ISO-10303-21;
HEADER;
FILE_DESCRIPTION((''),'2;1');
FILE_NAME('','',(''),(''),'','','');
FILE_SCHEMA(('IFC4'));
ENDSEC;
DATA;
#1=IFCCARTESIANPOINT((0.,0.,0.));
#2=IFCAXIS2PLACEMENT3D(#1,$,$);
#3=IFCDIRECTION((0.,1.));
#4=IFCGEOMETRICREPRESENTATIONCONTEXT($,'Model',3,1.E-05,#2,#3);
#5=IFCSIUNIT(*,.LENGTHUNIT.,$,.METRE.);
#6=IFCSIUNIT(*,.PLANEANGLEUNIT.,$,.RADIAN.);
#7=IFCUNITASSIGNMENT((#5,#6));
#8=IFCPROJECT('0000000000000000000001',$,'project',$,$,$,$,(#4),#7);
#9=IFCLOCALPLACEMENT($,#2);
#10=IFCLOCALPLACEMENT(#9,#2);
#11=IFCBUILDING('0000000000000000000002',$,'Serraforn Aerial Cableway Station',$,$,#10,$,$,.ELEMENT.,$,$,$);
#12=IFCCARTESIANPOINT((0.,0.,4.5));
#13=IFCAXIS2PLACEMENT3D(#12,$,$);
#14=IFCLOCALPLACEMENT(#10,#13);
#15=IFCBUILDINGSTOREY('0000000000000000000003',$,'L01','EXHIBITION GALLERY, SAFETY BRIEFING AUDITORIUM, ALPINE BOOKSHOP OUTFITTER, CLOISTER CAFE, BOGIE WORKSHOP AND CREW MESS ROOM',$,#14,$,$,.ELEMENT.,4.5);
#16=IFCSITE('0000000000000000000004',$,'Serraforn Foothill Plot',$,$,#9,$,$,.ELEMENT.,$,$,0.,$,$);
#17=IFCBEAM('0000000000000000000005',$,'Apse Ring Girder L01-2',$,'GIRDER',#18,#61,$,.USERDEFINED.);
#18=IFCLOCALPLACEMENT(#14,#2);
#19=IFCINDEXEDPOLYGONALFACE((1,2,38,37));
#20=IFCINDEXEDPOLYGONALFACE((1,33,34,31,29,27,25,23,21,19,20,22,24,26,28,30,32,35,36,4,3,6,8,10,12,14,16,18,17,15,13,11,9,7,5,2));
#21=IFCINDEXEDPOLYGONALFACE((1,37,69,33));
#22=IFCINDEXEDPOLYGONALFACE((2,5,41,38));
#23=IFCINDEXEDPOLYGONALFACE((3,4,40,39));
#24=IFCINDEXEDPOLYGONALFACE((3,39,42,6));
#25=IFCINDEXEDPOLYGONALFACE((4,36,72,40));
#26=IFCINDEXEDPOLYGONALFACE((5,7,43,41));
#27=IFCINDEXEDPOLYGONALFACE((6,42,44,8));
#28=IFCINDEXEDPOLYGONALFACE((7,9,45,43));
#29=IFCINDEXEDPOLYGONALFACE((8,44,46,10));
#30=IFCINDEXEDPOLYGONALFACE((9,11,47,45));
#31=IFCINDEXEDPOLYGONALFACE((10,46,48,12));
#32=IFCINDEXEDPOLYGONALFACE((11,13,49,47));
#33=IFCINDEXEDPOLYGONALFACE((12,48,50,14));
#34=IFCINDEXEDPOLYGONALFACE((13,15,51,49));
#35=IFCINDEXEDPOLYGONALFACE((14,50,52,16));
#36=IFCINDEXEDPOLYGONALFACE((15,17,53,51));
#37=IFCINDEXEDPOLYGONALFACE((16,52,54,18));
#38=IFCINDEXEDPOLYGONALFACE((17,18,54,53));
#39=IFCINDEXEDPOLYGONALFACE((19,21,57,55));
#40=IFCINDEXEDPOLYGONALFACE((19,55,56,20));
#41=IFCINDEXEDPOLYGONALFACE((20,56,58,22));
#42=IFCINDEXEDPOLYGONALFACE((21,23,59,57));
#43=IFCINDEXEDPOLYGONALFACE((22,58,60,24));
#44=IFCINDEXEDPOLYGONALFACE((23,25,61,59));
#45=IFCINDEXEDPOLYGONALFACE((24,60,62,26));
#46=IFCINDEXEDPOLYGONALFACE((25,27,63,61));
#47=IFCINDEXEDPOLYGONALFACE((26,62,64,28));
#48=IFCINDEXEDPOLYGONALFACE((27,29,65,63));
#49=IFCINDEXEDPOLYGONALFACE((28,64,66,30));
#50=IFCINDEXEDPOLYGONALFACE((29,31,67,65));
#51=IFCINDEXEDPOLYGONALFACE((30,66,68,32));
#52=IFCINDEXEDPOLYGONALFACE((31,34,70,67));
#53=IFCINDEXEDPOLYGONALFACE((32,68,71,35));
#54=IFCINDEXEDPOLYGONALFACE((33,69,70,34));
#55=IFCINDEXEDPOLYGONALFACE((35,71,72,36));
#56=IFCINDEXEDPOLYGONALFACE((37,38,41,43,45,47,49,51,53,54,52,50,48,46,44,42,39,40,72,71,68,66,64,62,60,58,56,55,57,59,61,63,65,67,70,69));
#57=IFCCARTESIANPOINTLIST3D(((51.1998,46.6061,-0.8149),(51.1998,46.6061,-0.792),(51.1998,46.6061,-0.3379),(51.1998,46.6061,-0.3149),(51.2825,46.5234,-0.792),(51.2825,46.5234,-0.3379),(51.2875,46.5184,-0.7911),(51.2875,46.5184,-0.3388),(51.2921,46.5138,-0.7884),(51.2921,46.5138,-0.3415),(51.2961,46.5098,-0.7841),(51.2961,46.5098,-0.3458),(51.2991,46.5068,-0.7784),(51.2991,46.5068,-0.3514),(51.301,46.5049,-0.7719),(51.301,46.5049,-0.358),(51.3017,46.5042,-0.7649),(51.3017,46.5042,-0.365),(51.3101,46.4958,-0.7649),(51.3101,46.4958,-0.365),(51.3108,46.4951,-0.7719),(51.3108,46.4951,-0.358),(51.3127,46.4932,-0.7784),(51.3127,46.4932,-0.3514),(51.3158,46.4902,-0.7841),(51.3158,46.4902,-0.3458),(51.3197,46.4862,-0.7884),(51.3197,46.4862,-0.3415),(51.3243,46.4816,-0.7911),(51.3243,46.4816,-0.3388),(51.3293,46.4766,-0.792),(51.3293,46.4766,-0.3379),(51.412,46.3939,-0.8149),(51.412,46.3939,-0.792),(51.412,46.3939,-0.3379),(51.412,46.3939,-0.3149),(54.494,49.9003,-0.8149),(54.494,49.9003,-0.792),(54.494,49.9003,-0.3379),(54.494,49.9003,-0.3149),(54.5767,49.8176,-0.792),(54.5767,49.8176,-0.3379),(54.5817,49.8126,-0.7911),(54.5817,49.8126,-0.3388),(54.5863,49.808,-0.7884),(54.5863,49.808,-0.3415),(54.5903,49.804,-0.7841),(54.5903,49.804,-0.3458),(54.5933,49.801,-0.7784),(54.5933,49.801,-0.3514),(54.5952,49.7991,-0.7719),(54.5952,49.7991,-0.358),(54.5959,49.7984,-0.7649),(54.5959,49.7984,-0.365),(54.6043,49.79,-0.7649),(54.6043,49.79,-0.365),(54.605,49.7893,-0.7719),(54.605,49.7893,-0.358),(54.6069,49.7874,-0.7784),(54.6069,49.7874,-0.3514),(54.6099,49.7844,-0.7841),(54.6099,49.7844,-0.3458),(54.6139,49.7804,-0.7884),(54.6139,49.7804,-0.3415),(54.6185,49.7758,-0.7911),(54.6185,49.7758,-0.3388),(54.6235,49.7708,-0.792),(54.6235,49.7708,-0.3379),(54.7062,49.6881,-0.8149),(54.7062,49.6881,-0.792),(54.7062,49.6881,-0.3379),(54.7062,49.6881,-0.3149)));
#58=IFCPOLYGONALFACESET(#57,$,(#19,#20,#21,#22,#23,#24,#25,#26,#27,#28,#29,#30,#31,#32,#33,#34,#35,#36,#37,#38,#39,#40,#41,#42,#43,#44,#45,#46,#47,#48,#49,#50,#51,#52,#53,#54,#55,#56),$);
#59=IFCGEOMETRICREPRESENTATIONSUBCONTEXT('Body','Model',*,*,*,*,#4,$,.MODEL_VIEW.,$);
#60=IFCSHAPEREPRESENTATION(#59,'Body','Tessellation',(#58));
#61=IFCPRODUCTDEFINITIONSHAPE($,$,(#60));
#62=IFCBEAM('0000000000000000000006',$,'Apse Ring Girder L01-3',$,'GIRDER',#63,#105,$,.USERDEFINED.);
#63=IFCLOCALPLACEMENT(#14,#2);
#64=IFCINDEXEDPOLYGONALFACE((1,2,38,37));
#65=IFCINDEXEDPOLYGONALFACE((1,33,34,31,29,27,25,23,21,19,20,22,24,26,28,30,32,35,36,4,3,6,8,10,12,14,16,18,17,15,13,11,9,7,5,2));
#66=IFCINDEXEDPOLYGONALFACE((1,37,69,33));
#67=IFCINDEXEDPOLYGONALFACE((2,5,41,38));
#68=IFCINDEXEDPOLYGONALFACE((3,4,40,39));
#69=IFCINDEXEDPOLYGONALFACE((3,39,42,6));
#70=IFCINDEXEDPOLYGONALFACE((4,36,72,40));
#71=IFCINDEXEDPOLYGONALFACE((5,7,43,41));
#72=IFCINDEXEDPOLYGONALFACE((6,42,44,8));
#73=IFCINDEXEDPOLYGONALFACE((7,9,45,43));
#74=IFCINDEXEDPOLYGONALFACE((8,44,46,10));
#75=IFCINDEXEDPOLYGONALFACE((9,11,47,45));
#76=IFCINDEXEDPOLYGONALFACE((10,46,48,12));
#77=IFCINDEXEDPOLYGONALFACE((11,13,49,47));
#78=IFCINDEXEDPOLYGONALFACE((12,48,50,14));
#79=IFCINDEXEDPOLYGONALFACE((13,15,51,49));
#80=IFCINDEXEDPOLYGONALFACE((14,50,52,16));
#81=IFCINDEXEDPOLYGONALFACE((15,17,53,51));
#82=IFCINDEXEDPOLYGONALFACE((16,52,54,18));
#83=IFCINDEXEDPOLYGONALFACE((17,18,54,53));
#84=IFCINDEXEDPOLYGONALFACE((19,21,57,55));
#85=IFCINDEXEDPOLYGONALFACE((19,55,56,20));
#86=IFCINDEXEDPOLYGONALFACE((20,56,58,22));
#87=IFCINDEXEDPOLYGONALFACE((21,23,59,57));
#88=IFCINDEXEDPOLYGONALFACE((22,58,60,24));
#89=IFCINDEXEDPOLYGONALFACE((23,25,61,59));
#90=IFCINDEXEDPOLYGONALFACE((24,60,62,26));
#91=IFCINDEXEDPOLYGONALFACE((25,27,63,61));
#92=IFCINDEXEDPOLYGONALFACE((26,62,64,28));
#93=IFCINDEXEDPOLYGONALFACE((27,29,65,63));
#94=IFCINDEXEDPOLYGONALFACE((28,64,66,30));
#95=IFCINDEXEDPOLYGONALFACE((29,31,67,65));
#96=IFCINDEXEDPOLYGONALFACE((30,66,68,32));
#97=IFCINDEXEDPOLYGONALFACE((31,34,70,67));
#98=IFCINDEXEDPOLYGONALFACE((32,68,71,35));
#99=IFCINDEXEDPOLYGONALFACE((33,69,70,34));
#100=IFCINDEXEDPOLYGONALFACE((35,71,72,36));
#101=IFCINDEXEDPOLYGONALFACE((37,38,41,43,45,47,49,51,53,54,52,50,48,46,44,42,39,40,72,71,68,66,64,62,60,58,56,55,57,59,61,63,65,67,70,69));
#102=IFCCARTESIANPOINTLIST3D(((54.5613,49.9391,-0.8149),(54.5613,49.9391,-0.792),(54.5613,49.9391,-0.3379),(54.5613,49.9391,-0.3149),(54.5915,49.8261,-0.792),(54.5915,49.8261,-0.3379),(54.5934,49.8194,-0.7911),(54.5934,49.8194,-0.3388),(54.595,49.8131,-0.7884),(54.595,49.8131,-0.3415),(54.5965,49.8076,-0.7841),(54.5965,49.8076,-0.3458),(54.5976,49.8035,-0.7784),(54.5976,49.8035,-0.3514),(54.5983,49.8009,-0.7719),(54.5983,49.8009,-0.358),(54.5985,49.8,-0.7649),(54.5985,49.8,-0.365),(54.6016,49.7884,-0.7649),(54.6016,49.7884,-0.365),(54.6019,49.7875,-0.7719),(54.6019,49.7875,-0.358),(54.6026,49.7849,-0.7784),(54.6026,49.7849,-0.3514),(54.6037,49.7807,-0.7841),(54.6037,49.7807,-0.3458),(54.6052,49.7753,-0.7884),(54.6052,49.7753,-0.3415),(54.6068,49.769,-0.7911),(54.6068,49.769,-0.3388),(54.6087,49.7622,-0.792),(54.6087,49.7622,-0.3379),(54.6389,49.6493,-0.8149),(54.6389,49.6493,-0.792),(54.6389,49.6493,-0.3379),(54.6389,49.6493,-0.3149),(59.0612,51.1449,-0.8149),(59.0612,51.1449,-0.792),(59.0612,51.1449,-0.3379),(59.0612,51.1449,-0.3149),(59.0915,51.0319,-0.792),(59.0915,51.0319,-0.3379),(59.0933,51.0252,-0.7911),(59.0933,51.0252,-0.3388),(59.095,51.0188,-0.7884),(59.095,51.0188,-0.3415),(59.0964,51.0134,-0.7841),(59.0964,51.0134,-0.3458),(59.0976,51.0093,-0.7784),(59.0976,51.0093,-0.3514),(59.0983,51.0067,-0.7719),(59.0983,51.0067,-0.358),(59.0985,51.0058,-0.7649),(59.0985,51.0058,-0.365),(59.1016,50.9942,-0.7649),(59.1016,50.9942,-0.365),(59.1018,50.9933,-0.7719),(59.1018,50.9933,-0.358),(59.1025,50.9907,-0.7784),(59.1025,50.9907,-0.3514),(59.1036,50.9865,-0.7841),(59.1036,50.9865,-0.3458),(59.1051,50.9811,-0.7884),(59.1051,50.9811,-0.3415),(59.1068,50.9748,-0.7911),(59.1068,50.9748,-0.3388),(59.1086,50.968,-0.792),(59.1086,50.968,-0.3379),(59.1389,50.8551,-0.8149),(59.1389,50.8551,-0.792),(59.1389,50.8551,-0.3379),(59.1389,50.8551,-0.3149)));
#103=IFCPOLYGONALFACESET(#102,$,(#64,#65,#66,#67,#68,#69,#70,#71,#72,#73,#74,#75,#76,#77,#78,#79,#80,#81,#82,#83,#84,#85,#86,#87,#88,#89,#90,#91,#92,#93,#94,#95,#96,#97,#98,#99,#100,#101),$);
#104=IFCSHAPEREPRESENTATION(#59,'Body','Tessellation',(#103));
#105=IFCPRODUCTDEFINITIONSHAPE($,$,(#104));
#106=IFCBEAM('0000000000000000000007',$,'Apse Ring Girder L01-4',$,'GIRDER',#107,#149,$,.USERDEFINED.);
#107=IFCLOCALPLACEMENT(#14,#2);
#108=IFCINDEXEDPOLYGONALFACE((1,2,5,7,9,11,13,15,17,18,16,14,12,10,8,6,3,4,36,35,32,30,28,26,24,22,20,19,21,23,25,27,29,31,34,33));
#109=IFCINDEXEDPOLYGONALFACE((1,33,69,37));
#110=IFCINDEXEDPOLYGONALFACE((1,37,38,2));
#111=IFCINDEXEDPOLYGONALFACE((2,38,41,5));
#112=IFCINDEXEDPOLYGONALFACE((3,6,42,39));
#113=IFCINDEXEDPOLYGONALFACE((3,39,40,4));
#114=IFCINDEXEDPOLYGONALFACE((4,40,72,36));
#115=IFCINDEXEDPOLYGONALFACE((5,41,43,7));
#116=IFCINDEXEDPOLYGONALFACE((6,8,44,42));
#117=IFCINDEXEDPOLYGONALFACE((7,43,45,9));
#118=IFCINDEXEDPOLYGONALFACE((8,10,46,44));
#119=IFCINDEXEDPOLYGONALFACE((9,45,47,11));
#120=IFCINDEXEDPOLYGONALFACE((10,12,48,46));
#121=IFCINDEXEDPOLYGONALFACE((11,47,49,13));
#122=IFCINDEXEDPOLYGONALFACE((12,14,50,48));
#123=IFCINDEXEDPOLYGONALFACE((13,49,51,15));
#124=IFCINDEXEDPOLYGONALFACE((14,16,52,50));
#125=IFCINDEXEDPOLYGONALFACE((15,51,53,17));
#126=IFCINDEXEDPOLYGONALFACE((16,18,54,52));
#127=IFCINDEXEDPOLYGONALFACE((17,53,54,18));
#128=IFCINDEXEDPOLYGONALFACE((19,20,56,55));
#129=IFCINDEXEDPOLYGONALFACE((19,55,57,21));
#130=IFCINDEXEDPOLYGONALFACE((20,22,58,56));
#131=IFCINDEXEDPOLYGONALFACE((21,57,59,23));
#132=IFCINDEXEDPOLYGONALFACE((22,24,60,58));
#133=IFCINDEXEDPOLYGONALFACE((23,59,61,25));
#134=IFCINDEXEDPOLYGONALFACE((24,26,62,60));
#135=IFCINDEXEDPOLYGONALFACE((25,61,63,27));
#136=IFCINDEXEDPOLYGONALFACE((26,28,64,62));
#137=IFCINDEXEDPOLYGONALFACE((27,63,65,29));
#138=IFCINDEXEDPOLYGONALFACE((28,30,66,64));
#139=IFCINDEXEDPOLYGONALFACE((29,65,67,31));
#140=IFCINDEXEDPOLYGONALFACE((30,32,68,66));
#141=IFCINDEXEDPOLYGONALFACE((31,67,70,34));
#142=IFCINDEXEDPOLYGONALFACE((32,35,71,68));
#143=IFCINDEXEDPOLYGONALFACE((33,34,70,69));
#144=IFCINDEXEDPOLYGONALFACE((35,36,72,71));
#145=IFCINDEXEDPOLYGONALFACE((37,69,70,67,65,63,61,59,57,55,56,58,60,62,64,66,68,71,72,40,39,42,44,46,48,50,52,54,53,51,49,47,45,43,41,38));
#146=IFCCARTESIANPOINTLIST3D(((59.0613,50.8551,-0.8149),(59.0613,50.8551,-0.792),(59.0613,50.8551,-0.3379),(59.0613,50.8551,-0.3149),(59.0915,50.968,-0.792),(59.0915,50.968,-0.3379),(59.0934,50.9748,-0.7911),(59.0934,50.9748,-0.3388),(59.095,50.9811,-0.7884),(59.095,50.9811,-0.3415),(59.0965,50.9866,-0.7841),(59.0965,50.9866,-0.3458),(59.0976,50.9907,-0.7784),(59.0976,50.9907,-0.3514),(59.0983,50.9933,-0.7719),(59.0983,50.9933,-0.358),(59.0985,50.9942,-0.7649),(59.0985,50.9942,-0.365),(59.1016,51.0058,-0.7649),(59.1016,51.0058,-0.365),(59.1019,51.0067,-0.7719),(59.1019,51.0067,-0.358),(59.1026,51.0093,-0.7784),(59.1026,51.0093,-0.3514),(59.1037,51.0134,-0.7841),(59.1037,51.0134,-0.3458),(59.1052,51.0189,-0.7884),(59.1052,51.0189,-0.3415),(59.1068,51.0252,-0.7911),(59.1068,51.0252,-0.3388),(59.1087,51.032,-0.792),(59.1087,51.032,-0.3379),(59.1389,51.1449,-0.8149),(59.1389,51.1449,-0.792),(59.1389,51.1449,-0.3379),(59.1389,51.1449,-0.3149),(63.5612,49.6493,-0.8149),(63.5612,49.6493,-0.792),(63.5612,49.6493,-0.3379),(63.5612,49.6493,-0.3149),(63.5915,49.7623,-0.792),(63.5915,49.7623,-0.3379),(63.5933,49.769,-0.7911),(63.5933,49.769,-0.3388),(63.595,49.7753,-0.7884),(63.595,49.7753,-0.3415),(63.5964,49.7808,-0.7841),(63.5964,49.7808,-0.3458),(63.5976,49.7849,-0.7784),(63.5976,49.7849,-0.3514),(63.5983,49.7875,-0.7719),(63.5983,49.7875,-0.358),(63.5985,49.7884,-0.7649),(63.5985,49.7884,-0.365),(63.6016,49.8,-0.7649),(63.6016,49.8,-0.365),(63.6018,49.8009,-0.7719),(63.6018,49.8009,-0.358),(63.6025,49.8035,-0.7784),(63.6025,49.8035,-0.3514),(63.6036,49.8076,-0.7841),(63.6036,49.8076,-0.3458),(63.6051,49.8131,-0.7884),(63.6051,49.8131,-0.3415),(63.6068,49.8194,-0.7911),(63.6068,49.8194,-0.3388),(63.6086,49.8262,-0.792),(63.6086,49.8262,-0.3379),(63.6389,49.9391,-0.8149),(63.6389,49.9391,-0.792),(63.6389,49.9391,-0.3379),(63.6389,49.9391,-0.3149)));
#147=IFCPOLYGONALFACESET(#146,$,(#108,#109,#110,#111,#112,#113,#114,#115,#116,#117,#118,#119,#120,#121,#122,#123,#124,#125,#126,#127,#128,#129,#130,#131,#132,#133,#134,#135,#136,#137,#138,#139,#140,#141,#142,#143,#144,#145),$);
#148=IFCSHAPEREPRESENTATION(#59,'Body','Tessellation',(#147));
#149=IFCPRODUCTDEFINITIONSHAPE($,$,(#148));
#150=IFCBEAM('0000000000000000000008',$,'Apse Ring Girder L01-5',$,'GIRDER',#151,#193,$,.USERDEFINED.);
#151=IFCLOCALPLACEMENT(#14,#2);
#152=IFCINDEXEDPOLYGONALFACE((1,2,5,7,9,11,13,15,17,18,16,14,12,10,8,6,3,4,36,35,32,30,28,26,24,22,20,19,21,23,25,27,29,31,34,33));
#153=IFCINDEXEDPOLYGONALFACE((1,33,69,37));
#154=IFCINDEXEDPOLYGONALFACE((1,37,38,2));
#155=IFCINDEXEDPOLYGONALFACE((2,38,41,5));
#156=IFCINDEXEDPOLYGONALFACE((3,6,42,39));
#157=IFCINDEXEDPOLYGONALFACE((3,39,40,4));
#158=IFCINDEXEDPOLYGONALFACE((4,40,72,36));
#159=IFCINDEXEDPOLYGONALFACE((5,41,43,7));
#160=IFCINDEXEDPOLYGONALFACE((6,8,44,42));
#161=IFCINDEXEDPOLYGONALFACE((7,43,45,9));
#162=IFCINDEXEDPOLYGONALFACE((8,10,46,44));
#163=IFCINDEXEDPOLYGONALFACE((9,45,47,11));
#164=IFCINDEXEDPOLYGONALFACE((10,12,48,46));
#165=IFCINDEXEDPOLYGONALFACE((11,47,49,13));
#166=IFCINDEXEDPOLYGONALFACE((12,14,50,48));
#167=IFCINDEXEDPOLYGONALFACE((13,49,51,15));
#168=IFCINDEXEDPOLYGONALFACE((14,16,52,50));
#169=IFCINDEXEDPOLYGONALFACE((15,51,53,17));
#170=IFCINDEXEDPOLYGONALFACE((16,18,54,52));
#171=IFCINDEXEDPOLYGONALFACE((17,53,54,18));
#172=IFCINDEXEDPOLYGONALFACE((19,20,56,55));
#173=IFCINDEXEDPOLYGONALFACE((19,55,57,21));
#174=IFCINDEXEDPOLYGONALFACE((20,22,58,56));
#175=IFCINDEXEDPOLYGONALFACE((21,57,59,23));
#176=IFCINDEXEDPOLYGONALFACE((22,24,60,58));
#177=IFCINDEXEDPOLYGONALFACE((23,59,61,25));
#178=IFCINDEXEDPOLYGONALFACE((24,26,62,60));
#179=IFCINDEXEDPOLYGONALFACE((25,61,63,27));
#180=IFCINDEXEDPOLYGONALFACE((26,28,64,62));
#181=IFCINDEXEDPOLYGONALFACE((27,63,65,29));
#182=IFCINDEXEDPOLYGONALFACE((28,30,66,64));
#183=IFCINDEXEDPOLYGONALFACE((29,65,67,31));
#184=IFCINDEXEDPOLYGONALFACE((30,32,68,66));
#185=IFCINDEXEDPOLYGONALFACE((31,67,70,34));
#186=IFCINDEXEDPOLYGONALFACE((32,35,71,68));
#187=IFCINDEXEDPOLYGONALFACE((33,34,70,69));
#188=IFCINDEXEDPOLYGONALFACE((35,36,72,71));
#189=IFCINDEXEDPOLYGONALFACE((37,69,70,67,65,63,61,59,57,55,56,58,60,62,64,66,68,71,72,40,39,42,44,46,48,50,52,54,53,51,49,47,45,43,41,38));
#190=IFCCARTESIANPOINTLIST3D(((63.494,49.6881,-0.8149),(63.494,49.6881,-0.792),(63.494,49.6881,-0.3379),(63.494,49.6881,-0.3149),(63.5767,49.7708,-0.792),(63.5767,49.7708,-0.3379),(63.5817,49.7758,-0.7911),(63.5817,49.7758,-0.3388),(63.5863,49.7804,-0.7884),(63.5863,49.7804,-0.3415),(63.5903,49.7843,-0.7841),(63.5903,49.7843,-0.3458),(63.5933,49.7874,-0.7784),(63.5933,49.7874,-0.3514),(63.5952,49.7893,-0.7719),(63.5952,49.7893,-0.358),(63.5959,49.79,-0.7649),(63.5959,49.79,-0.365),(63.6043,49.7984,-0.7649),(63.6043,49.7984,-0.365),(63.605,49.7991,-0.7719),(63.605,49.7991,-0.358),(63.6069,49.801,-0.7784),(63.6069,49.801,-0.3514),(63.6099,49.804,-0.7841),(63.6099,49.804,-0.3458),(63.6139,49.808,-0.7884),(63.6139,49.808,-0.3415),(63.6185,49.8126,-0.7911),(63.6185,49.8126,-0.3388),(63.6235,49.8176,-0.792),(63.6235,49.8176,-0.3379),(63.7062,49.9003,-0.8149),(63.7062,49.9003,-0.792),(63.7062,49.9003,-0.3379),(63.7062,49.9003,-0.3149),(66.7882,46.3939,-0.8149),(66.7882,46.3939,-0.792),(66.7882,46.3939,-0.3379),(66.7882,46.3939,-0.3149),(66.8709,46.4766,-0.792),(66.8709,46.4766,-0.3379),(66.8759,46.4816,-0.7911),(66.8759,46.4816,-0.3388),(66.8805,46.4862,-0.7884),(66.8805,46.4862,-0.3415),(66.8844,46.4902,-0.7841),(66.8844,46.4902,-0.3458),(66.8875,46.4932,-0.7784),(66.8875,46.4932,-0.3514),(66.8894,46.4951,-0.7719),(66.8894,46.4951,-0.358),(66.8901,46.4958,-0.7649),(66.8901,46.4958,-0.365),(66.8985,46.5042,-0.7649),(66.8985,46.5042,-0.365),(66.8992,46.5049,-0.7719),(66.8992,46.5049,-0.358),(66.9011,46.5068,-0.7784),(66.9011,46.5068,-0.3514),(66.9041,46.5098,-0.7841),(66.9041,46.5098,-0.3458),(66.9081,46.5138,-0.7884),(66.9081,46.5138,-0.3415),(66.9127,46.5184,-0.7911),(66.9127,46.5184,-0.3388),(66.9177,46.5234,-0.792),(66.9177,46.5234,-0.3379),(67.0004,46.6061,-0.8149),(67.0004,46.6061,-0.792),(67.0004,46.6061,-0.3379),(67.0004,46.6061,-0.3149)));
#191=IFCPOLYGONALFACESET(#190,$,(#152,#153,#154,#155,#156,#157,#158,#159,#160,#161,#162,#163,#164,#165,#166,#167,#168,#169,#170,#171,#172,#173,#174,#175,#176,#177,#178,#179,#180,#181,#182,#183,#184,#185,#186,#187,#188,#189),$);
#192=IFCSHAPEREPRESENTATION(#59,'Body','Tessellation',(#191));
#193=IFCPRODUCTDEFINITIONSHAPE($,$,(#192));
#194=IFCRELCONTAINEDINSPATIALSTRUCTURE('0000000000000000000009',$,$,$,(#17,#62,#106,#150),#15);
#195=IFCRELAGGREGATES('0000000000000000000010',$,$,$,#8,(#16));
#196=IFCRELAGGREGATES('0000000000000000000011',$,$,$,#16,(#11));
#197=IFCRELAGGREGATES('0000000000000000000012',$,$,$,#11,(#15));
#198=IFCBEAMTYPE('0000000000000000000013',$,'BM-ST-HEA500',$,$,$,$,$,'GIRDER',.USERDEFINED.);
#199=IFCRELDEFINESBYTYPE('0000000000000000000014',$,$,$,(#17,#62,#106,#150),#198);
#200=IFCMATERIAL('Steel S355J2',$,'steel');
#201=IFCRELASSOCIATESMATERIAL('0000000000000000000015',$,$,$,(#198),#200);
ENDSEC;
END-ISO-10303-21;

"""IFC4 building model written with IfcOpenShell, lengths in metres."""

from ifc_helpers import new_model, si_unit, direction, frame, origin, origin_2d, place, context, subcontext, project, spatial, i_section, extrude, material, material_profile, profile_set, type_object, element, save


model = new_model("IFC4")

# Units and contexts
model_context = context("Model", 3, precision=1e-05, world=origin(), true_north=direction((0.0, 1.0)))
body_context = subcontext(model_context, "Body", "Model", "MODEL_VIEW")
ifc_project = project(units=[si_unit("LENGTHUNIT", "METRE"), si_unit("PLANEANGLEUNIT", "RADIAN")], contexts=[model_context])

# Site, building, storey
site_placement = place(None, origin())
site = spatial("IfcSite", under=ifc_project, at=site_placement, Name="Serraforn Foothill Plot", CompositionType="ELEMENT", RefElevation=0.0)
building_placement = place(site_placement, origin())
building = spatial("IfcBuilding", under=site, at=building_placement, Name="Serraforn Aerial Cableway Station", CompositionType="ELEMENT")
storey_placement = place(building_placement, frame((0.0, 0.0, 4.5)))
storey = spatial("IfcBuildingStorey", under=building, at=storey_placement, Name="L01", Description="EXHIBITION GALLERY, SAFETY BRIEFING AUDITORIUM, ALPINE BOOKSHOP OUTFITTER, CLOISTER CAFE, BOGIE WORKSHOP AND CREW MESS ROOM", CompositionType="ELEMENT", Elevation=4.5)

# Beams
ifc_material_1 = material(Name="Steel S355J2", Category="steel")
ifc_material_profile_1 = material_profile(ifc_material_1, i_section(OverallWidth=0.3, OverallDepth=0.5, WebThickness=0.012, FlangeThickness=0.0229, FilletRadius=0.0271, at=origin_2d()), Name="HEA 500")
ifc_profile_set_1 = profile_set([ifc_material_profile_1], Name="Steel S355J2")
beam_type_1 = type_object("IfcBeamType", Name="BM-ST-HEA500", ElementType="GIRDER", PredefinedType="USERDEFINED", material=ifc_profile_set_1)
for number, where, z_axis, x_axis, name in (
    (1, (51.3059, 46.5, -0.5649), (0.707107, 0.707107, 0.0), (-0.707107, 0.707107, 0.0), "Apse Ring Girder L01-2"),
    (2, (54.6001, 49.7942, -0.5649), (0.965924, 0.258827, 0.0), (-0.258827, 0.965924, 0.0), "Apse Ring Girder L01-3"),
    (3, (59.1001, 51.0, -0.5649), (0.965924, -0.258827, 0.0), (0.258827, 0.965924, 0.0), "Apse Ring Girder L01-4"),
    (4, (63.6001, 49.7942, -0.5649), (0.707107, -0.707107, 0.0), (0.707107, 0.707107, 0.0), "Apse Ring Girder L01-5"),
):
    element("IfcBeam", number, at=place(storey_placement, frame(where, z_axis=z_axis, x_axis=x_axis)), inside=storey, type_object=beam_type_1, Name=name, ObjectType="GIRDER", PredefinedType="USERDEFINED", context=body_context, shape_type="SweptSolid", body=[
        extrude(i_section(OverallWidth=0.3, OverallDepth=0.5, WebThickness=0.012, FlangeThickness=0.0229, FilletRadius=0.0271, at=origin_2d()), origin(), (0.0, 0.0, 1.0), 4.6587),
    ])

save(model, "model.ifc")
